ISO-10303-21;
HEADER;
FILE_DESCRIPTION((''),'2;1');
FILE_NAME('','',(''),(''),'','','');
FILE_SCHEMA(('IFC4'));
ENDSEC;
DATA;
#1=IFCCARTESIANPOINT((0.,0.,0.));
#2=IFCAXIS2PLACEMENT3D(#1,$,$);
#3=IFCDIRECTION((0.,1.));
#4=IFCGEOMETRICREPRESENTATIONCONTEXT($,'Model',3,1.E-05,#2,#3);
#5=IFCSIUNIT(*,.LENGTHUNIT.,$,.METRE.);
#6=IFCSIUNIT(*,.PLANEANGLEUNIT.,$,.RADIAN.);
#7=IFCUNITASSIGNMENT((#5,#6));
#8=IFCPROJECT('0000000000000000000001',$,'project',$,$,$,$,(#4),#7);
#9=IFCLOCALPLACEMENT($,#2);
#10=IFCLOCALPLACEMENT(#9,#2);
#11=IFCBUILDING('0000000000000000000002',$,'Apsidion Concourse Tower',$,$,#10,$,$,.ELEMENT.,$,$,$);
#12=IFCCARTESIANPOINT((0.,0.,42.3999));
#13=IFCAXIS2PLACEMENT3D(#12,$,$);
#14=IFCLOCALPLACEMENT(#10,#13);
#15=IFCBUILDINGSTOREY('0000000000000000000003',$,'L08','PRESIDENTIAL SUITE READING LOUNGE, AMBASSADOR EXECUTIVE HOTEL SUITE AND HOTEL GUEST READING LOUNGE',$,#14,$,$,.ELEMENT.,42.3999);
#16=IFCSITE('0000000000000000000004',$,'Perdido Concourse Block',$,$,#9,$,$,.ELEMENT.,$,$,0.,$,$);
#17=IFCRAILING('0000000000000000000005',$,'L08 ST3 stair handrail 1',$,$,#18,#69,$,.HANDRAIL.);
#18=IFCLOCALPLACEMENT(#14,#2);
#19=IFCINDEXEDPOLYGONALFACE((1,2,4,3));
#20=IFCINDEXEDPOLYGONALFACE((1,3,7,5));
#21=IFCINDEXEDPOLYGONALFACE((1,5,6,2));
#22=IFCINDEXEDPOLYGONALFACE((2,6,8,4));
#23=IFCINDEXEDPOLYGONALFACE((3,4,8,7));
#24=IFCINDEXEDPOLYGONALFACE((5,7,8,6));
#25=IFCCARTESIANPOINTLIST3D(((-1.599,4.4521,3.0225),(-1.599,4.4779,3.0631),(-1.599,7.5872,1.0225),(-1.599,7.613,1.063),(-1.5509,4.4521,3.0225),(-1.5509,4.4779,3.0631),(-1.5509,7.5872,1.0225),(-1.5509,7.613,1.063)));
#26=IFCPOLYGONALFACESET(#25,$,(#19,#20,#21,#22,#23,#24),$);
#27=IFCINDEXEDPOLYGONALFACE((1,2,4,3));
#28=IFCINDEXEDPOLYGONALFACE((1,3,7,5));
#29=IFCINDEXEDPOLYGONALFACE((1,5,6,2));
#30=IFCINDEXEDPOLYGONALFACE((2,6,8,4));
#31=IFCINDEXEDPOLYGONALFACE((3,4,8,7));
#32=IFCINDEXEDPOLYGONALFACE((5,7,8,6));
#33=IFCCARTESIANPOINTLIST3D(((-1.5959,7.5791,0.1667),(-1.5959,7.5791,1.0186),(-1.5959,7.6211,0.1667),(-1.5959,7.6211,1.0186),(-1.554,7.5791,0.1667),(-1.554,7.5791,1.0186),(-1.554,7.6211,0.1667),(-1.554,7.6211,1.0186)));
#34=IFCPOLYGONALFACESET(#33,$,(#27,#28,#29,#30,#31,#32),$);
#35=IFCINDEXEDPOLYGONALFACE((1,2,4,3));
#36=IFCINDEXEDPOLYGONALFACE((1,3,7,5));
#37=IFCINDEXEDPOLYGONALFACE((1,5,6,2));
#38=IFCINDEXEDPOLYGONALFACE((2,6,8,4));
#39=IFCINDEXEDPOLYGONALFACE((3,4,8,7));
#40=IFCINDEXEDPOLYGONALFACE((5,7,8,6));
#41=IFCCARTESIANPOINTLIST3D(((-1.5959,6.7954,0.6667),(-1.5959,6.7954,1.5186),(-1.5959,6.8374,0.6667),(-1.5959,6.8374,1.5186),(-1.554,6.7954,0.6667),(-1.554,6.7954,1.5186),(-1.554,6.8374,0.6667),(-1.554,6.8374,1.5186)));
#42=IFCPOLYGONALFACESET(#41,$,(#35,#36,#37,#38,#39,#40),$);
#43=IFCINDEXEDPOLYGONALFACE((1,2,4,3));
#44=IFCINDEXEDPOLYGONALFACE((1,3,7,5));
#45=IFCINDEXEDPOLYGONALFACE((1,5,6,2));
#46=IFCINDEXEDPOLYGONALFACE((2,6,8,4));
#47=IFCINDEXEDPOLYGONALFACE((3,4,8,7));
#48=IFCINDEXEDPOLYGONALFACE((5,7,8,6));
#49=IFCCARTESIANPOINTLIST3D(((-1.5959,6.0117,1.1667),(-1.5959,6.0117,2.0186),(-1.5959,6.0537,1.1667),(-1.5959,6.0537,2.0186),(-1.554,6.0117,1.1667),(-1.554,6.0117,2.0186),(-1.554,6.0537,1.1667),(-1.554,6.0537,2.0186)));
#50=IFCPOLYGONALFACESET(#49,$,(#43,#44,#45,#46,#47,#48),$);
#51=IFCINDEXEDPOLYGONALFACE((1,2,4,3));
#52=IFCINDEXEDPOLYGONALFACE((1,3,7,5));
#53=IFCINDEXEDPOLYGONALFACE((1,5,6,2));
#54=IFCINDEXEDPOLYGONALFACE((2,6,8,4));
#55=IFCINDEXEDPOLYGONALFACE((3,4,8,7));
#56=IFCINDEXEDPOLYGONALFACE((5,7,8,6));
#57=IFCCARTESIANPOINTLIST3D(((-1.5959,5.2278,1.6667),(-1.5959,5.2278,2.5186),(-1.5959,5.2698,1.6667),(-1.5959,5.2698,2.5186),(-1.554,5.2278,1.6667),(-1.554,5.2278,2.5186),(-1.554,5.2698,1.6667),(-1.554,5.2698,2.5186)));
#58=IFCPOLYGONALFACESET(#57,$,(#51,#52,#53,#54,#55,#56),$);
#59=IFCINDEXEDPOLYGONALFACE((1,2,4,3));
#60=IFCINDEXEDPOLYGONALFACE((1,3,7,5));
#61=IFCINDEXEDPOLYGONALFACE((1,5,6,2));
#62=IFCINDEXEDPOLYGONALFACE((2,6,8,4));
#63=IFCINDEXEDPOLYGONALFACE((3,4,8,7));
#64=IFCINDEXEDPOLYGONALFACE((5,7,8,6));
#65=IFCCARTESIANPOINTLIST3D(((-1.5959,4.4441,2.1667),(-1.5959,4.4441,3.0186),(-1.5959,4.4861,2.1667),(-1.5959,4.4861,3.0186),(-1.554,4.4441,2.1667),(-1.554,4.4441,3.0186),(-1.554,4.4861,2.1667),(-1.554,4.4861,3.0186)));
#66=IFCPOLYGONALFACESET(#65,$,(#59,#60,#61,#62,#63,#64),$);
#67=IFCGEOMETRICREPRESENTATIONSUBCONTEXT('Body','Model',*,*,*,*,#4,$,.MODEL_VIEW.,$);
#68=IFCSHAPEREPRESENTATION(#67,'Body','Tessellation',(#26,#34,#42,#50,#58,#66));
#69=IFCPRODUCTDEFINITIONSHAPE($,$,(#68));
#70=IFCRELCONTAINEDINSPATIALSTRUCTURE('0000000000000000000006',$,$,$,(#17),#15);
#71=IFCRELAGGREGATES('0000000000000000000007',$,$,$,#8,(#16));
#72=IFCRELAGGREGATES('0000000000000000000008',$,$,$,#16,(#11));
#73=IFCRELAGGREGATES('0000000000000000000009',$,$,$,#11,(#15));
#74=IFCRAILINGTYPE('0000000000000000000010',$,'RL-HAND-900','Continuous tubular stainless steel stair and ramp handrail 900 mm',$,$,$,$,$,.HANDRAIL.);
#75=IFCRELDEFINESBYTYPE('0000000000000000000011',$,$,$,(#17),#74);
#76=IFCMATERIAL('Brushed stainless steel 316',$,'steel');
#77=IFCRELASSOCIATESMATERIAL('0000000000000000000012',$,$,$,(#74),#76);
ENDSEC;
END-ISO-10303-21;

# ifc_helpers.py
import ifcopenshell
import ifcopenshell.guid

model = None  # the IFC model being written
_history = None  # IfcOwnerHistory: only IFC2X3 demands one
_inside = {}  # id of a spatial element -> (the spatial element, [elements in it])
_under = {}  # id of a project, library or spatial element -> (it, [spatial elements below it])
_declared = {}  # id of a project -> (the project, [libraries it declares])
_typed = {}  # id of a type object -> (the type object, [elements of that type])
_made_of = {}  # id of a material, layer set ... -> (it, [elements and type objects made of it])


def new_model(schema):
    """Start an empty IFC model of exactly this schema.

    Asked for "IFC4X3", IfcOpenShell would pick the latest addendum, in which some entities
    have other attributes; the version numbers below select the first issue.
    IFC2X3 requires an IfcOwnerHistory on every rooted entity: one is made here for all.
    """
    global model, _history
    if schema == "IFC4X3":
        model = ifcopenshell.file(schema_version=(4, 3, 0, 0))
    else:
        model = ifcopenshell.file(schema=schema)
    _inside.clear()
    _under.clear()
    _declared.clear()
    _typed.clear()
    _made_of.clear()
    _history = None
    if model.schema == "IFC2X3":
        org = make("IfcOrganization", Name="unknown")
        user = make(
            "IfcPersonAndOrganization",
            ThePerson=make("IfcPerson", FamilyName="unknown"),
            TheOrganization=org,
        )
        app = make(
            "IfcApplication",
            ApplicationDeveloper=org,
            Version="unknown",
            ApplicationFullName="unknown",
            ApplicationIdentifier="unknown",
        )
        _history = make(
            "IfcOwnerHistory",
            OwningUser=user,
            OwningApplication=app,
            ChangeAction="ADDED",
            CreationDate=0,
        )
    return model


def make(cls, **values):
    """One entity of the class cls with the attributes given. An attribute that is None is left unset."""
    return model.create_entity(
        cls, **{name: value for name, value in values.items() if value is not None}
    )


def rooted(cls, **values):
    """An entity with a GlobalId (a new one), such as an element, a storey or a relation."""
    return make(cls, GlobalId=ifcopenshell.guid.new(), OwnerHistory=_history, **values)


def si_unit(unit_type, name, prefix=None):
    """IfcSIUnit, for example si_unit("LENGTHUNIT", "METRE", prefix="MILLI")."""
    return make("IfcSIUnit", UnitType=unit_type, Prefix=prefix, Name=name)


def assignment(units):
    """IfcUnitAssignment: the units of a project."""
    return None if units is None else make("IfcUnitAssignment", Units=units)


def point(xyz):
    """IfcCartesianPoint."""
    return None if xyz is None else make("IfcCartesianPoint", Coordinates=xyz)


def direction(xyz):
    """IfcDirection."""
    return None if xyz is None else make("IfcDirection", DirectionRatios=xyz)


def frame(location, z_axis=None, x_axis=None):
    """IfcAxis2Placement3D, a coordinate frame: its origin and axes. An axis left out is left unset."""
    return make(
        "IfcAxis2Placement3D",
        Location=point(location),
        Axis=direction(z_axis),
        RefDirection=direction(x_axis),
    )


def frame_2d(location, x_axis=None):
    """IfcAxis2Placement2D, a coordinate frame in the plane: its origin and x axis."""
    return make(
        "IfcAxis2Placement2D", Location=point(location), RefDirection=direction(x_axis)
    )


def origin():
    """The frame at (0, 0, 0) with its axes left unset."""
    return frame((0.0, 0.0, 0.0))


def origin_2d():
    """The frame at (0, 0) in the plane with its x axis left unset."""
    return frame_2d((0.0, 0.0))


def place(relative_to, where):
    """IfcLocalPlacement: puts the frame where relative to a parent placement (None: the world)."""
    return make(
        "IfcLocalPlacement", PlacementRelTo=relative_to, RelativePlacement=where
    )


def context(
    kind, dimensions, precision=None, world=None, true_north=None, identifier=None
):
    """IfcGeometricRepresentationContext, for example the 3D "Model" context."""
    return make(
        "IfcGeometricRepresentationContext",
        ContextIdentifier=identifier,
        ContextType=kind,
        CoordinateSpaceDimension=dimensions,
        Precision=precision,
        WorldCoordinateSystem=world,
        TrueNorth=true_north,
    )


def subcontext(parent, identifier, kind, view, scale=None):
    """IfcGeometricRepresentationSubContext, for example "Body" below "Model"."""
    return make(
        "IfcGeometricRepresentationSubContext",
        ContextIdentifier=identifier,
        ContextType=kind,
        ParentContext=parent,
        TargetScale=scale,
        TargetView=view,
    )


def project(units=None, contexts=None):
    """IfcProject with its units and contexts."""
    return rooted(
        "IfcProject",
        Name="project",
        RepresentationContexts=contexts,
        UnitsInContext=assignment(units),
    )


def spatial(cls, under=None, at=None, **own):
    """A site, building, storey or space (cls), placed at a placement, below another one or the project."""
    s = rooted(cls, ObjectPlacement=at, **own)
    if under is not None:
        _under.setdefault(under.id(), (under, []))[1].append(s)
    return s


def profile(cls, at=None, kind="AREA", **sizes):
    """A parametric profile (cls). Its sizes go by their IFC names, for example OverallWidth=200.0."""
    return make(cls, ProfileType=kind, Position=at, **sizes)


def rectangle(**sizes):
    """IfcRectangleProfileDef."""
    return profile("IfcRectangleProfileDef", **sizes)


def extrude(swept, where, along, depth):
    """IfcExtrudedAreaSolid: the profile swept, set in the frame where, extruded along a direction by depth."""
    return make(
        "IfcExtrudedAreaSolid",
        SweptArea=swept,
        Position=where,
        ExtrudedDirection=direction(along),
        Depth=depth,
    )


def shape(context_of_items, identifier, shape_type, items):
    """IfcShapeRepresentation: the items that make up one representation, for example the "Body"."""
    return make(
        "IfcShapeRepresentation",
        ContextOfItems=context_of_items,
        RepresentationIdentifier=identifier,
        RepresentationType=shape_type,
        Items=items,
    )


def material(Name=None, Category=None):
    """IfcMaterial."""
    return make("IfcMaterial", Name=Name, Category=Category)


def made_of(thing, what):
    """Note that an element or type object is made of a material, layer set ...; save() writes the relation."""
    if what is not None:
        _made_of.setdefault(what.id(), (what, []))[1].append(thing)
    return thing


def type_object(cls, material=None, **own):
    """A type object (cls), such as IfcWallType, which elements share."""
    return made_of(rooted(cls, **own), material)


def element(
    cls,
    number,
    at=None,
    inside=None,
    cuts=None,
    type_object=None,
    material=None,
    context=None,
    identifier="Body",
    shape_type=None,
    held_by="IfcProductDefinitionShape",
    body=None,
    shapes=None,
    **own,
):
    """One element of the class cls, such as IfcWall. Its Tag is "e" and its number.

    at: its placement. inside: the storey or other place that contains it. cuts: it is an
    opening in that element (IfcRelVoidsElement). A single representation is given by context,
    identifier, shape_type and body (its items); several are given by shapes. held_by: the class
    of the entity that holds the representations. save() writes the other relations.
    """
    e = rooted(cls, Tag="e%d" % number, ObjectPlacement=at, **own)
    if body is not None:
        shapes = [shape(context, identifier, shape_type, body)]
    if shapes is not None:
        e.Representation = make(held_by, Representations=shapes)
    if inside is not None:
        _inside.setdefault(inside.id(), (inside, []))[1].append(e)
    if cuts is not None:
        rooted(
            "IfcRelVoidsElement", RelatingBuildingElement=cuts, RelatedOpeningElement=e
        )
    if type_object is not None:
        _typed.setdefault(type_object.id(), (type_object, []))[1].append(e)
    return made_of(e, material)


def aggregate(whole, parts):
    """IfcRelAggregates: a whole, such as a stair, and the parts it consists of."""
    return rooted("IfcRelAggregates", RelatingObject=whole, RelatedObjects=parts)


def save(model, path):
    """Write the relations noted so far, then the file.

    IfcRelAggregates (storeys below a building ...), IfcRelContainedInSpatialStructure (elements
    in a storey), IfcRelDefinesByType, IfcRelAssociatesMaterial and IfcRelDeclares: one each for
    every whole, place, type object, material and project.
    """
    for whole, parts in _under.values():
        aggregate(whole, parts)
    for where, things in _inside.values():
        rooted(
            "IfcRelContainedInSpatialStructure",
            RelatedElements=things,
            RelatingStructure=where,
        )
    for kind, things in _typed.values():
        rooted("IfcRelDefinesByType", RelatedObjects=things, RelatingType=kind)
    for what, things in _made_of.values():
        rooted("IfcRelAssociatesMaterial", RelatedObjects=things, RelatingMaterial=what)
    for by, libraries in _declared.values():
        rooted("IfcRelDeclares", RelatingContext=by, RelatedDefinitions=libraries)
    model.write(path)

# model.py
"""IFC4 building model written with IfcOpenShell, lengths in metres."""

from ifc_helpers import new_model, si_unit, direction, frame, origin, origin_2d, place, context, subcontext, project, spatial, rectangle, extrude, material, type_object, element, save


model = new_model("IFC4")

# Units and contexts
model_context = context("Model", 3, precision=1e-05, world=origin(), true_north=direction((0.0, 1.0)))
body_context = subcontext(model_context, "Body", "Model", "MODEL_VIEW")
ifc_project = project(units=[si_unit("LENGTHUNIT", "METRE"), si_unit("PLANEANGLEUNIT", "RADIAN")], contexts=[model_context])

# Site, building, storey
site_placement = place(None, origin())
site = spatial("IfcSite", under=ifc_project, at=site_placement, Name="Perdido Concourse Block", CompositionType="ELEMENT", RefElevation=0.0)
building_placement = place(site_placement, origin())
building = spatial("IfcBuilding", under=site, at=building_placement, Name="Apsidion Concourse Tower", CompositionType="ELEMENT")
storey_placement = place(building_placement, frame((0.0, 0.0, 42.3999)))
storey = spatial("IfcBuildingStorey", under=building, at=storey_placement, Name="L08", Description="PRESIDENTIAL SUITE READING LOUNGE, AMBASSADOR EXECUTIVE HOTEL SUITE AND HOTEL GUEST READING LOUNGE", CompositionType="ELEMENT", Elevation=42.3999)

# Shared definitions
ifc_material_1 = material(Name="Brushed stainless steel 316", Category="steel")

# Railing
railing_type_1 = type_object("IfcRailingType", Name="RL-HAND-900", Description="Continuous tubular stainless steel stair and ramp handrail 900 mm", PredefinedType="HANDRAIL", material=ifc_material_1)
railing_1_placement = place(storey_placement, frame((-1.575, 7.6001, 0.1667)))
element("IfcRailing", 1, at=railing_1_placement, inside=storey, type_object=railing_type_1, Name="L08 ST3 stair handrail 1", PredefinedType="HANDRAIL", context=body_context, shape_type="SweptSolid", body=[
    extrude(rectangle(XDim=0.0481, YDim=0.0481, at=origin_2d()), frame((0.0, 0.0, 0.876), z_axis=(0.0, -0.843053, 0.537831), x_axis=(1.0, 0.0, 0.0)), (0.0, 0.0, 1.0), 3.7188),
    extrude(rectangle(XDim=0.042, YDim=0.042, at=origin_2d()), origin(), (0.0, 0.0, 1.0), 0.8518),
    extrude(rectangle(XDim=0.042, YDim=0.042, at=origin_2d()), frame((0.0, -0.7837, 0.5)), (0.0, 0.0, 1.0), 0.8518),
    extrude(rectangle(XDim=0.042, YDim=0.042, at=origin_2d()), frame((0.0, -1.5674, 1.0)), (0.0, 0.0, 1.0), 0.8518),
    extrude(rectangle(XDim=0.042, YDim=0.042, at=origin_2d()), frame((0.0, -2.3513, 1.5)), (0.0, 0.0, 1.0), 0.8518),
    extrude(rectangle(XDim=0.042, YDim=0.042, at=origin_2d()), frame((0.0, -3.135, 2.0)), (0.0, 0.0, 1.0), 0.8518),
])

save(model, "model.ifc")
